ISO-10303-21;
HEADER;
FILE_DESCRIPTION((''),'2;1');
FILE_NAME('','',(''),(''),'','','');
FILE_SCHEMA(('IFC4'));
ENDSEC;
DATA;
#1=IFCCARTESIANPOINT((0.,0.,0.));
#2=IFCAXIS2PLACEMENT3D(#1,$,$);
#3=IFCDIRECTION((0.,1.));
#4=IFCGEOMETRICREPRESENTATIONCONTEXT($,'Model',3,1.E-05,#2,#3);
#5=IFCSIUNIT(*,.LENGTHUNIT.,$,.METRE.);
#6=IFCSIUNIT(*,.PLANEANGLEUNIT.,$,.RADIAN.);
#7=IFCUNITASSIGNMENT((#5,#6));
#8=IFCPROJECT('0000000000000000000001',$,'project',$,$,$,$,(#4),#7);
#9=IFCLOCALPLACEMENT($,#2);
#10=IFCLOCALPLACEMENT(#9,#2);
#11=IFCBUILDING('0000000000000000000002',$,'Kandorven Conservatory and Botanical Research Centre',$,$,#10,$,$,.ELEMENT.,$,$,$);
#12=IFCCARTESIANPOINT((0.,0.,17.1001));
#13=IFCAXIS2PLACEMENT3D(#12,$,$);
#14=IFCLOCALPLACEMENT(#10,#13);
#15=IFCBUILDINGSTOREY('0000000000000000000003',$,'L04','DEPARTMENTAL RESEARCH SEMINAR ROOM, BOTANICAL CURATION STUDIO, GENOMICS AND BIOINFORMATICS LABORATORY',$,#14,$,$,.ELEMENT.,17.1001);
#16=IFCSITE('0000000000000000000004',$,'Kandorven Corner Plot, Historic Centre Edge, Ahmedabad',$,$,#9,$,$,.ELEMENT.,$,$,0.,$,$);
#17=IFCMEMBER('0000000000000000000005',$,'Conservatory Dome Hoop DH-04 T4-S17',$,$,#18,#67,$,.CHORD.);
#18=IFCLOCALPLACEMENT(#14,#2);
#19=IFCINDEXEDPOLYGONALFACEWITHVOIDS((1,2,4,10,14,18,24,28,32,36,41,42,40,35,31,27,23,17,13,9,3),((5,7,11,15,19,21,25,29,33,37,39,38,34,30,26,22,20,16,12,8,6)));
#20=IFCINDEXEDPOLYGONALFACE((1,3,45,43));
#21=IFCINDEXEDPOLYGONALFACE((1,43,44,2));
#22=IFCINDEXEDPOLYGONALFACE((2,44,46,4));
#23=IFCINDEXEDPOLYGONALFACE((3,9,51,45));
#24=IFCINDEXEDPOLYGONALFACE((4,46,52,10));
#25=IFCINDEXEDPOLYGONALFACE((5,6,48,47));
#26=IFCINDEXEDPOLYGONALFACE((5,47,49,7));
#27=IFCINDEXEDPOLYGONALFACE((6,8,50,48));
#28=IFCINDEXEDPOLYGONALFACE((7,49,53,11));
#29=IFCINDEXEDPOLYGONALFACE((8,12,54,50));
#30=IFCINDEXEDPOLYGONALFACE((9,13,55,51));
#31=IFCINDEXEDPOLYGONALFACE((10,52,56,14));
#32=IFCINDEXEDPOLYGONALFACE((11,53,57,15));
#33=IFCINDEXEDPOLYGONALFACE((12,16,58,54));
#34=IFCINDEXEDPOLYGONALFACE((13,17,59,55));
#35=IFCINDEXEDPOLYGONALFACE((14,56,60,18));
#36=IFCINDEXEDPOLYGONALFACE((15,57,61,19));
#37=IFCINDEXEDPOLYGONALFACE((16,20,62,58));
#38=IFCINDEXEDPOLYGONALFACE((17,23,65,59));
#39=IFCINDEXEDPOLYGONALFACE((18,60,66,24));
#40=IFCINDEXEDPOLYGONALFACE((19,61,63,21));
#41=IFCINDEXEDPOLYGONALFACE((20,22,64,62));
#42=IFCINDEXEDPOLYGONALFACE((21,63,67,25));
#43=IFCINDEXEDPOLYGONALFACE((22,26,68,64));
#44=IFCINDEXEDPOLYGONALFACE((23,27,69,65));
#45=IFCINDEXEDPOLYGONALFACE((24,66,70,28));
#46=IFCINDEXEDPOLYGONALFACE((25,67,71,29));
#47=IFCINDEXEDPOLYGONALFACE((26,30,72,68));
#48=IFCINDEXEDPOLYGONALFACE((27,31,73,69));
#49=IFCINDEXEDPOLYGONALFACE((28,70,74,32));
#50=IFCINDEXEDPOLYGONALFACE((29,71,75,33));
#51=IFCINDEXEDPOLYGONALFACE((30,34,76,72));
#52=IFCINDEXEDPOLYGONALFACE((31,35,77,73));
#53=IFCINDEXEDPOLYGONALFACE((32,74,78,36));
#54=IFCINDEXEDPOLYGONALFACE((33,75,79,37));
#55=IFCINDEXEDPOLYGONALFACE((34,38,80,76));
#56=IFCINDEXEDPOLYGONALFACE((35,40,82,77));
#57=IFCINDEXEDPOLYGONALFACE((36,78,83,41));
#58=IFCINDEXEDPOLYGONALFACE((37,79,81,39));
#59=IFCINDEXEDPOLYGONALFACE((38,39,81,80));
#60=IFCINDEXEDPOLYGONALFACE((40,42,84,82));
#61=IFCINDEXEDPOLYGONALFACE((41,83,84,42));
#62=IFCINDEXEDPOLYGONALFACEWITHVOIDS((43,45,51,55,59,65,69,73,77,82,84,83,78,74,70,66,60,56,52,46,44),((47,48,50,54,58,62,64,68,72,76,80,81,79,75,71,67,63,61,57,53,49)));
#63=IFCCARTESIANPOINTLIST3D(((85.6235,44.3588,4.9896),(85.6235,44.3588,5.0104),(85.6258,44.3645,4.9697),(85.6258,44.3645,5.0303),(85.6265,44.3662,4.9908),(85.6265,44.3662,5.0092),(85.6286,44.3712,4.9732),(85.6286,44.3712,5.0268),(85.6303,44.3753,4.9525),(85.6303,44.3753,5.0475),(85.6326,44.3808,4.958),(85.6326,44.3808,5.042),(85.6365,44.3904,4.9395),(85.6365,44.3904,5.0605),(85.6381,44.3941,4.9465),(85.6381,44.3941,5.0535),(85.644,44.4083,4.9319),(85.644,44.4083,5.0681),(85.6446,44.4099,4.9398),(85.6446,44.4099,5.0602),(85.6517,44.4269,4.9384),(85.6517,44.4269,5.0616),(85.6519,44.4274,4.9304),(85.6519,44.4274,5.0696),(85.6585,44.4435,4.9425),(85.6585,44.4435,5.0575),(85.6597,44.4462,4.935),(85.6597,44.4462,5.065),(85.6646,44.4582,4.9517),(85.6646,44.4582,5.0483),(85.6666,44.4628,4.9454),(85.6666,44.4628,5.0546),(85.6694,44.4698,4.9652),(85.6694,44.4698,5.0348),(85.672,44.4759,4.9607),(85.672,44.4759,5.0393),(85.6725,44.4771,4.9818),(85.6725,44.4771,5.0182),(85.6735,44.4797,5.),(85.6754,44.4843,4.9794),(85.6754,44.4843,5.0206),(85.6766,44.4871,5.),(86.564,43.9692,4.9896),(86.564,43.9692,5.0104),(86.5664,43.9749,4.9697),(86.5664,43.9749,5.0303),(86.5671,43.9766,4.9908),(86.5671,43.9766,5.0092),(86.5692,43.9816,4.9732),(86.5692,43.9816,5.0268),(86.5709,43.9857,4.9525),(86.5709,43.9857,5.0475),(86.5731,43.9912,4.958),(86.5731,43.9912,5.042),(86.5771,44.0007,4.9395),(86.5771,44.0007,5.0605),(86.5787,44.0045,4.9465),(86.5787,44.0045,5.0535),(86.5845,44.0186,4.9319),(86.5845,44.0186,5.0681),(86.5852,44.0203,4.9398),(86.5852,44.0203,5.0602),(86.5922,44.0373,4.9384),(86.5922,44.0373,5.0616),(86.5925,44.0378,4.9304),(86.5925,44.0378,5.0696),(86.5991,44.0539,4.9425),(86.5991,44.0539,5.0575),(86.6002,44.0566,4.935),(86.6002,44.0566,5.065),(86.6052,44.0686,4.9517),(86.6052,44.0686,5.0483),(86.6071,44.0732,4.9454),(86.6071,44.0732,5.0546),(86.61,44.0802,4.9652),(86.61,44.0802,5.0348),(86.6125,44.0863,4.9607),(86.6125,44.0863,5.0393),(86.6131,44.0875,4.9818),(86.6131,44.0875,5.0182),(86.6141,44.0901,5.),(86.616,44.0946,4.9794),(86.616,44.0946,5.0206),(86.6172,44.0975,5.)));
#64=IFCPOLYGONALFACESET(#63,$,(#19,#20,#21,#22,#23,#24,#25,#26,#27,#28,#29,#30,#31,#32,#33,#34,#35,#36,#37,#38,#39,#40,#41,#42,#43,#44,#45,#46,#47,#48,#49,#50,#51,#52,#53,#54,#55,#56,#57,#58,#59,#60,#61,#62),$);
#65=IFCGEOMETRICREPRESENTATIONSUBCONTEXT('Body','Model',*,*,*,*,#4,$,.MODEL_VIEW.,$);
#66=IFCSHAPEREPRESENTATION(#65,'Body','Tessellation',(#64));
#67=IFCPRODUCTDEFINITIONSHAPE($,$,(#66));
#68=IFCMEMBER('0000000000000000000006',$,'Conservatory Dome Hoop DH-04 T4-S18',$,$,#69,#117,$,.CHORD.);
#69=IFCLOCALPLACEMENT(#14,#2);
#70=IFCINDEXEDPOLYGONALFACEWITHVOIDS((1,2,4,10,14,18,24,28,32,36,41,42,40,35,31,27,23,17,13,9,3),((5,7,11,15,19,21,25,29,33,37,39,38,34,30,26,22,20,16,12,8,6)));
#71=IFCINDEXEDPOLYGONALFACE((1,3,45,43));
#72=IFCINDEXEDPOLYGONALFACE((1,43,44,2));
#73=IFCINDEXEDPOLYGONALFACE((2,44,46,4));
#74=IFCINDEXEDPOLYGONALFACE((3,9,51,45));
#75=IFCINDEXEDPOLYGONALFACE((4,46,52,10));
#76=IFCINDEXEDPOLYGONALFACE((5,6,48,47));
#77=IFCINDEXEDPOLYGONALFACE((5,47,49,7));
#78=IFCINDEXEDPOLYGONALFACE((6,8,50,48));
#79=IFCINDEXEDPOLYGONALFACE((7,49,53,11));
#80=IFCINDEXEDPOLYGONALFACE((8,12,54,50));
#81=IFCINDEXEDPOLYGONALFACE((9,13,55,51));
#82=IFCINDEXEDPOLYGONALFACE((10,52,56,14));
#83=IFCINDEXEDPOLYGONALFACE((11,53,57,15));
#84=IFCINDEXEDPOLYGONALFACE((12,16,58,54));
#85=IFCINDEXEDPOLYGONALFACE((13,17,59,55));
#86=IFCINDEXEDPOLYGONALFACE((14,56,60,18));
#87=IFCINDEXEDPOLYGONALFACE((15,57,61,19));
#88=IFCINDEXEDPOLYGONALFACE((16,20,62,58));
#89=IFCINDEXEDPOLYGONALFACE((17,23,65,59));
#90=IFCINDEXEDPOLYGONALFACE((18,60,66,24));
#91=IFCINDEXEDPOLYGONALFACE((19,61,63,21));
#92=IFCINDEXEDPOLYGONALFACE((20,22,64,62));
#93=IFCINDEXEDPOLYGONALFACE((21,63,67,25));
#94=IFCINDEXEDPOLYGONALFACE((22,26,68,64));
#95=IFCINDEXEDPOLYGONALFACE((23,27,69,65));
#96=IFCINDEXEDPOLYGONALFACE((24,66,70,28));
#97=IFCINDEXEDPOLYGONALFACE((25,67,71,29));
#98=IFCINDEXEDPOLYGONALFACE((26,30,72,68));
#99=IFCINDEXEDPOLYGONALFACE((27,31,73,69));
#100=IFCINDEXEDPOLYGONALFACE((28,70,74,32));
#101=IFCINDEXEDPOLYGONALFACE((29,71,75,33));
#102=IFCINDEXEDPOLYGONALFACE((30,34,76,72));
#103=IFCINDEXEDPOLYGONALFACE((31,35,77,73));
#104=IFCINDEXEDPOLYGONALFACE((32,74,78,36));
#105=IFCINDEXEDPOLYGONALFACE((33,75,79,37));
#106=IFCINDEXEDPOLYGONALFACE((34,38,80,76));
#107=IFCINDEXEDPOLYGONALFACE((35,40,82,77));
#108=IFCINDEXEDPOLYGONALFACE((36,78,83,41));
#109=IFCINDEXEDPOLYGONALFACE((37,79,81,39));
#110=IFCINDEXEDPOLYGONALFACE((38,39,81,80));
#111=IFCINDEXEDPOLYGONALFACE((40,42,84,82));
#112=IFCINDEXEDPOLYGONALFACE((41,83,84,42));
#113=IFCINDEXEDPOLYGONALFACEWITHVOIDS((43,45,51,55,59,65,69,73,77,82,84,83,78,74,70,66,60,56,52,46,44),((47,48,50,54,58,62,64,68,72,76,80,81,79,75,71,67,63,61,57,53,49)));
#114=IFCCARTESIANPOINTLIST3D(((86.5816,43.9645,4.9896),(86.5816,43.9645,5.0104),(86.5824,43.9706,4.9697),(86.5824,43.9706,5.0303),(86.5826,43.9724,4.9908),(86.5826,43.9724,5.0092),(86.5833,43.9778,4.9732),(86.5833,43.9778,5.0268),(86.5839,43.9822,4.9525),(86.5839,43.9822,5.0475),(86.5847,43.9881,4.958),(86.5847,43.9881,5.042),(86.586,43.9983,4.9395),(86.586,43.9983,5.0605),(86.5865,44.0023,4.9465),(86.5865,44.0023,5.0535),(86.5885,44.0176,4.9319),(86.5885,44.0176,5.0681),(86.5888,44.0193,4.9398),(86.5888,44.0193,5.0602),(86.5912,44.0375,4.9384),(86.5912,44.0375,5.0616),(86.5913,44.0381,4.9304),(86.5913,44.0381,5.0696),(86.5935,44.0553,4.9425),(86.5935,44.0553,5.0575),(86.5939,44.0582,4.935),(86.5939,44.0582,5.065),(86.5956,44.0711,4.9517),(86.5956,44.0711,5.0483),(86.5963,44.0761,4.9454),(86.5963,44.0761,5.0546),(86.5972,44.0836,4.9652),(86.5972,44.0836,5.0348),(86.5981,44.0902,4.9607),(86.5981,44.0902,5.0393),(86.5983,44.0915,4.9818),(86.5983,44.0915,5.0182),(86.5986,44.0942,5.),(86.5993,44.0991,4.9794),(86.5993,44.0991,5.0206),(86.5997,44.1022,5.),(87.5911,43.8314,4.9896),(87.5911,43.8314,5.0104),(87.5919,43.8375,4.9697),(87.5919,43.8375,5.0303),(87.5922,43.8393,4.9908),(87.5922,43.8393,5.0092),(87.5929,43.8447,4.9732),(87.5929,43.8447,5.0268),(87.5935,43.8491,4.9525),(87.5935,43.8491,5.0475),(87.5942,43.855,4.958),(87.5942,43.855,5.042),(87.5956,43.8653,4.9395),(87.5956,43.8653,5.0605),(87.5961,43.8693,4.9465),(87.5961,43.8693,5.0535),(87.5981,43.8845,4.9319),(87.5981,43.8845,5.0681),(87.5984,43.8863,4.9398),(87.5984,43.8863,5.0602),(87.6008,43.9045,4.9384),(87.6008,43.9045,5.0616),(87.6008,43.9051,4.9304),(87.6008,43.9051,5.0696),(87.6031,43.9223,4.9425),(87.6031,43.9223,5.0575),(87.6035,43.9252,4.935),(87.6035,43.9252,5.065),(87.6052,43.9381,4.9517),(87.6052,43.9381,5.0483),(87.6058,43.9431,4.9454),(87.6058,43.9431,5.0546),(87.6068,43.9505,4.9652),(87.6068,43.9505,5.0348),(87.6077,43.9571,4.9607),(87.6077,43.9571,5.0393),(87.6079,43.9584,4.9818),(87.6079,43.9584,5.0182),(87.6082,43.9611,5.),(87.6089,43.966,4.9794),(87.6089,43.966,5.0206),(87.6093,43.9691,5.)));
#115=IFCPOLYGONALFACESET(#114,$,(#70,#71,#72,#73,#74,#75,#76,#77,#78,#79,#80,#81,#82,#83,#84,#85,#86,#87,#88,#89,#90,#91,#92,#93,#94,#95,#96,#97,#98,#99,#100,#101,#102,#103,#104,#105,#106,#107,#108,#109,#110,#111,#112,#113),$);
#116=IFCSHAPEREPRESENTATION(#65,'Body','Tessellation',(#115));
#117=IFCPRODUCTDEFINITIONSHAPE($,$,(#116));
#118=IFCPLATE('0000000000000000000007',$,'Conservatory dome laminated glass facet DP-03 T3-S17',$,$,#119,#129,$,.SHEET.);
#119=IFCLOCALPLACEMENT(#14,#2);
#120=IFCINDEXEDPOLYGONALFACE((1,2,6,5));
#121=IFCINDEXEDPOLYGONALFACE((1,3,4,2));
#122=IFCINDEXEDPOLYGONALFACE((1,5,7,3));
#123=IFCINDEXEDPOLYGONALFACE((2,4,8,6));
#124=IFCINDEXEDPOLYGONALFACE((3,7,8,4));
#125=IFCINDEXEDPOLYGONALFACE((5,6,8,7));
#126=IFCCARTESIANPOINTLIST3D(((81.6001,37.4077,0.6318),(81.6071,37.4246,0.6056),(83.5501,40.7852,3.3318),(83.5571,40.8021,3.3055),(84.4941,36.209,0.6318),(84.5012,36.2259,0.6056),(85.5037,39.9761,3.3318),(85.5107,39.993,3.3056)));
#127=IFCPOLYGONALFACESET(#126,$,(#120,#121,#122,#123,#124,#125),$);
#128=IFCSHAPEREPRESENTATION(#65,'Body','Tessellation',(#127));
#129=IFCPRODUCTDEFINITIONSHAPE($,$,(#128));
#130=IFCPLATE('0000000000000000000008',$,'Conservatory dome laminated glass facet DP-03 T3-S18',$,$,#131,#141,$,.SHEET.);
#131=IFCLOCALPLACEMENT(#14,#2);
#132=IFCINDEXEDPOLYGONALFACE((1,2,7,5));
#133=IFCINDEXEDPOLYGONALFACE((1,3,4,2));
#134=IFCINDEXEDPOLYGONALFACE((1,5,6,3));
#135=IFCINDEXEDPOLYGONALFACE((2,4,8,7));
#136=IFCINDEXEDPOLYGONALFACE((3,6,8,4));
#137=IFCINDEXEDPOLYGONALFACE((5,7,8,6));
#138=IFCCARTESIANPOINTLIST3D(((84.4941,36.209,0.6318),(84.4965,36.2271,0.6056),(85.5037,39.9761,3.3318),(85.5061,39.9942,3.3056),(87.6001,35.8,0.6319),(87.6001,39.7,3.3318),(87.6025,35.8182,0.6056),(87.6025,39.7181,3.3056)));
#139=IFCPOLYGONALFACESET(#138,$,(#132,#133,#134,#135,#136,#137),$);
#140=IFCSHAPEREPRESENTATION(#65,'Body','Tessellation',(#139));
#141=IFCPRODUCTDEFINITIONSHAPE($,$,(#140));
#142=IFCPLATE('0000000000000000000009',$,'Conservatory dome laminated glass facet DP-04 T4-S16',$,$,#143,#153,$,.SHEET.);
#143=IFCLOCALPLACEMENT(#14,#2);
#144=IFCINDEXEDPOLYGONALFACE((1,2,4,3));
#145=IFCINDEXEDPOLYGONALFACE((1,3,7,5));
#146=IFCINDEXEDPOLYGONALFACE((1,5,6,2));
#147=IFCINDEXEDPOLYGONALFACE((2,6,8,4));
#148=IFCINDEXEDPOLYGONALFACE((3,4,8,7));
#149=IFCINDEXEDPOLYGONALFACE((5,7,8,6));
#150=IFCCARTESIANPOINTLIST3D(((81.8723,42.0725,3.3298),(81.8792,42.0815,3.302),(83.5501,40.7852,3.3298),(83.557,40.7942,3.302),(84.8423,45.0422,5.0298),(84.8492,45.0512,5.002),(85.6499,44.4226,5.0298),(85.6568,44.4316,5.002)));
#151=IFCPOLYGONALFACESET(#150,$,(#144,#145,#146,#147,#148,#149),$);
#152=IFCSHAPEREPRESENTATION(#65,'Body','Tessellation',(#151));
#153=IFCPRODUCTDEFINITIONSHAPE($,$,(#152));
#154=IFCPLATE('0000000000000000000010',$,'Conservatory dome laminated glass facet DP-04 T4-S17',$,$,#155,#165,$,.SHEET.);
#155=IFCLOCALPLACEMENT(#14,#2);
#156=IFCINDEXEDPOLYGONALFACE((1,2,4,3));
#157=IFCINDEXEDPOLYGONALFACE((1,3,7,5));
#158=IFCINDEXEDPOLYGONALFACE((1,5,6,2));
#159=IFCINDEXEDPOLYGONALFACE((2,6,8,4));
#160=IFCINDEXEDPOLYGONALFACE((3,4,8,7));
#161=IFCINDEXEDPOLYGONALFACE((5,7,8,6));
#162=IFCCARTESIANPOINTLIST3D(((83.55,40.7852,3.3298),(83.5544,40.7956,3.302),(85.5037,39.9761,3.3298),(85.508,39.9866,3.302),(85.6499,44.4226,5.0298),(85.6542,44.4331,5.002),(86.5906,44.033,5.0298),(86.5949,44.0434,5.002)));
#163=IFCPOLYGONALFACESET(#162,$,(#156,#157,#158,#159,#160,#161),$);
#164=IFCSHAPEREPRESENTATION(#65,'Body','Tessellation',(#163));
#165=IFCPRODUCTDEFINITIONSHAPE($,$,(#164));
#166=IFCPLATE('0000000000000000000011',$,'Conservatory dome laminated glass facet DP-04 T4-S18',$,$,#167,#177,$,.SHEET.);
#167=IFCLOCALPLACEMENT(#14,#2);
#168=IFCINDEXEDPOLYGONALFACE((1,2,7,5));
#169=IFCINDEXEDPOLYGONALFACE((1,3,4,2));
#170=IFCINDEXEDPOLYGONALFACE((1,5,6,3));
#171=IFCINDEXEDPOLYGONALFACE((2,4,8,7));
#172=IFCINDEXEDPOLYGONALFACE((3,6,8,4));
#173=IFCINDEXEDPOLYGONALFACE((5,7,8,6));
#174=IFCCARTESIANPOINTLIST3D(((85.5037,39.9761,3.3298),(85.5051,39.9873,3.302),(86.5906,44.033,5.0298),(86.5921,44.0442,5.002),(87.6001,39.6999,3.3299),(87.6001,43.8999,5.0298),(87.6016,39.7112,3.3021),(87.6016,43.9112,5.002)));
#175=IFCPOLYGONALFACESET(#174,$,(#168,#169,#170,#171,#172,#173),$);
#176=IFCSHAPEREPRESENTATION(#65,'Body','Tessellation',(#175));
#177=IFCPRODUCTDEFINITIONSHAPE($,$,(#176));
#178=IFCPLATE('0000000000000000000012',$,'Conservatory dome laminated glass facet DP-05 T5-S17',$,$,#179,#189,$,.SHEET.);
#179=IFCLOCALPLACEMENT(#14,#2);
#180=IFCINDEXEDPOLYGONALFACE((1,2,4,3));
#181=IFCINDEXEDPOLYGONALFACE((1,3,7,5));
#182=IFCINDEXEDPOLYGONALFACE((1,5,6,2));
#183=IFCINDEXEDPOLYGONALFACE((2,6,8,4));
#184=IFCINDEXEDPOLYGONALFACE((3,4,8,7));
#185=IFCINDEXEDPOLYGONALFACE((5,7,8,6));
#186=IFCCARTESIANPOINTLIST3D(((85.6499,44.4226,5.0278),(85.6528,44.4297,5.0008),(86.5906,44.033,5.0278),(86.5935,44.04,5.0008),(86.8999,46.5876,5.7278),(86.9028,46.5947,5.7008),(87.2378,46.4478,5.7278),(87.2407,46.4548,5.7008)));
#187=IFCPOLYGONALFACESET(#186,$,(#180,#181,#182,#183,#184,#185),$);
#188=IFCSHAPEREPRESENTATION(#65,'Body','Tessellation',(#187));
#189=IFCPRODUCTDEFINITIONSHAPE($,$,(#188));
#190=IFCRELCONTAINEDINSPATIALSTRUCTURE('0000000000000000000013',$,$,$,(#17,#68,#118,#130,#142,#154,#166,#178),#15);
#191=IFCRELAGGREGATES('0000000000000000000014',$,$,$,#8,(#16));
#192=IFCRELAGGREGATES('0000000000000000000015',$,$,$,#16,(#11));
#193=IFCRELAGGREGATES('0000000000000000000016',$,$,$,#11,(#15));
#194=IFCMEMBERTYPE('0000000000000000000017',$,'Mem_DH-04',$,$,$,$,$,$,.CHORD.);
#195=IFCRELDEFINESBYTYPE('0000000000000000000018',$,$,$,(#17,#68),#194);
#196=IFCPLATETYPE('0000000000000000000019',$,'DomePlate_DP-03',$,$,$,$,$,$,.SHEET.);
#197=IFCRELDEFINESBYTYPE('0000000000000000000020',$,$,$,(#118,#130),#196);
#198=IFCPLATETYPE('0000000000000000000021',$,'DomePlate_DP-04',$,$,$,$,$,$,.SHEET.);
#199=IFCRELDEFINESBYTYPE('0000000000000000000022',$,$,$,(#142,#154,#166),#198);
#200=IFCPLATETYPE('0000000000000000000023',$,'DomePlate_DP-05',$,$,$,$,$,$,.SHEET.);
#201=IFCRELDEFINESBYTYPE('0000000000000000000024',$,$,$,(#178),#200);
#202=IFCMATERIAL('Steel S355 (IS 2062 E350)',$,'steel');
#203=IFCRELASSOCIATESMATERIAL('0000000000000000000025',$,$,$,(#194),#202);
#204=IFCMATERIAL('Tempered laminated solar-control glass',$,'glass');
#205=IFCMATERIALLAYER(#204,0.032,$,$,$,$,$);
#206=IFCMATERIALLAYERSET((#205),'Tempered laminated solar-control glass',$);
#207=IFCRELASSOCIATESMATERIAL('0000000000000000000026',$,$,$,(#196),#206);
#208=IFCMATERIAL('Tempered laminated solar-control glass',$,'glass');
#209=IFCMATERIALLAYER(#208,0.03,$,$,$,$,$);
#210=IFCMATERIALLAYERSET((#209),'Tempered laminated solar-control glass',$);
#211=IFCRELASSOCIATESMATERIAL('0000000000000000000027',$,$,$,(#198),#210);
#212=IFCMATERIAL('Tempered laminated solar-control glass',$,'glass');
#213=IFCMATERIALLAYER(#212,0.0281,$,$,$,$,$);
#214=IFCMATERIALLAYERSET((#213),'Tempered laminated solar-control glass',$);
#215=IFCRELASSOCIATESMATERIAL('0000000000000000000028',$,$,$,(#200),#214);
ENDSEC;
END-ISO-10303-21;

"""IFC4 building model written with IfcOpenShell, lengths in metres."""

from ifc_helpers import new_model, si_unit, direction, frame, origin, origin_2d, place, context, subcontext, project, spatial, polyline, hollow_circle, outline, extrude, material, layer, layer_set, material_profile, profile_set, type_object, element, save


model = new_model("IFC4")

# Units and contexts
model_context = context("Model", 3, precision=1e-05, world=origin(), true_north=direction((0.0, 1.0)))
body_context = subcontext(model_context, "Body", "Model", "MODEL_VIEW")
ifc_project = project(units=[si_unit("LENGTHUNIT", "METRE"), si_unit("PLANEANGLEUNIT", "RADIAN")], contexts=[model_context])

# Site, building, storey
site_placement = place(None, origin())
site = spatial("IfcSite", under=ifc_project, at=site_placement, Name="Kandorven Corner Plot, Historic Centre Edge, Ahmedabad", CompositionType="ELEMENT", RefElevation=0.0)
building_placement = place(site_placement, origin())
building = spatial("IfcBuilding", under=site, at=building_placement, Name="Kandorven Conservatory and Botanical Research Centre", CompositionType="ELEMENT")
storey_placement = place(building_placement, frame((0.0, 0.0, 17.1001)))
storey = spatial("IfcBuildingStorey", under=building, at=storey_placement, Name="L04", Description="DEPARTMENTAL RESEARCH SEMINAR ROOM, BOTANICAL CURATION STUDIO, GENOMICS AND BIOINFORMATICS LABORATORY", CompositionType="ELEMENT", Elevation=17.1001)

# Members
ifc_material_1 = material(Name="Steel S355 (IS 2062 E350)", Category="steel")
ifc_material_profile_1 = material_profile(ifc_material_1, hollow_circle(Radius=0.0698, WallThickness=0.0081, at=origin_2d()))
ifc_profile_set_1 = profile_set([ifc_material_profile_1], Name="Steel S355 (IS 2062 E350)")
member_type_1 = type_object("IfcMemberType", Name="Mem_DH-04", PredefinedType="CHORD", material=ifc_profile_set_1)
member_1_placement = place(storey_placement, frame((85.6499, 44.4226, 5.0), z_axis=(0.923877, -0.382691, 0.0), x_axis=(0.382691, 0.923877, 0.0)))
element("IfcMember", 1, at=member_1_placement, inside=storey, type_object=member_type_1, Name="Conservatory Dome Hoop DH-04 T4-S17", PredefinedType="CHORD", context=body_context, shape_type="SweptSolid", body=[
    extrude(hollow_circle(Radius=0.0698, WallThickness=0.0081, at=origin_2d()), origin(), (0.0, 0.0, 1.0), 1.0181),
])
member_2_placement = place(storey_placement, frame((86.5906, 44.033, 5.0), z_axis=(0.991426, -0.130672, 0.0), x_axis=(0.130672, 0.991426, 0.0)))
element("IfcMember", 2, at=member_2_placement, inside=storey, type_object=member_type_1, Name="Conservatory Dome Hoop DH-04 T4-S18", PredefinedType="CHORD", context=body_context, shape_type="SweptSolid", body=[
    extrude(hollow_circle(Radius=0.0698, WallThickness=0.0081, at=origin_2d()), origin(), (0.0, 0.0, 1.0), 1.0183),
])

# Plates
ifc_material_2 = material(Name="Tempered laminated solar-control glass", Category="glass")
ifc_layer_1 = layer(ifc_material_2, 0.032)
ifc_layer_set_1 = layer_set([ifc_layer_1], Name="Tempered laminated solar-control glass")
plate_type_1 = type_object("IfcPlateType", Name="DomePlate_DP-03", PredefinedType="SHEET", material=ifc_layer_set_1)
plate_1_placement = place(storey_placement, frame((81.6001, 37.4077, 0.6318), z_axis=(-0.219076, -0.528938, 0.819897), x_axis=(0.923885, -0.382671, -0.00001)))
element("IfcPlate", 3, at=plate_1_placement, inside=storey, type_object=plate_type_1, Name="Conservatory dome laminated glass facet DP-03 T3-S17", PredefinedType="SHEET", context=body_context, shape_type="SweptSolid", body=[
    extrude(outline(polyline([(0.0, 0.0), (3.1325, 0.0), (2.6236, 4.716), (0.5091, 4.7159), (0.0, 0.0)])), origin(), (0.0, 0.0, -1.0), 0.032),
])
plate_2_placement = place(storey_placement, frame((84.4941, 36.209, 0.6318), z_axis=(-0.074744, -0.567614, 0.819895), x_axis=(0.991443, -0.130541, 0.000009)))
element("IfcPlate", 4, at=plate_2_placement, inside=storey, type_object=plate_type_1, Name="Conservatory dome laminated glass facet DP-03 T3-S18", PredefinedType="SHEET", context=body_context, shape_type="SweptSolid", body=[
    extrude(outline(polyline([(0.0, 0.0), (3.1328, 0.0), (2.6237, 4.7159), (0.5091, 4.716), (0.0, 0.0)])), origin(), (0.0, 0.0, -1.0), 0.032),
])
ifc_material_3 = material(Name="Tempered laminated solar-control glass", Category="glass")
ifc_layer_2 = layer(ifc_material_3, 0.03)
ifc_layer_set_2 = layer_set([ifc_layer_2], Name="Tempered laminated solar-control glass")
plate_type_2 = type_object("IfcPlateType", Name="DomePlate_DP-04", PredefinedType="SHEET", material=ifc_layer_set_2)
plate_3_placement = place(storey_placement, frame((81.8723, 42.0725, 3.3298), z_axis=(-0.23008, -0.299861, 0.925822), x_axis=(0.793359, -0.608754, -0.000006)))
element("IfcPlate", 5, at=plate_3_placement, inside=storey, type_object=plate_type_2, Name="Conservatory dome laminated glass facet DP-04 T4-S16", PredefinedType="SHEET", context=body_context, shape_type="SweptSolid", body=[
    extrude(outline(polyline([(0.0, 0.0), (2.1147, 0.0), (1.5663, 4.4977), (0.5484, 4.4977), (0.0, 0.0)])), origin(), (0.0, 0.0, -1.0), 0.03),
])
plate_4_placement = place(storey_placement, frame((83.55, 40.7852, 3.3298), z_axis=(-0.144626, -0.349194, 0.925822), x_axis=(0.9239, -0.382633, 0.000007)))
element("IfcPlate", 6, at=plate_4_placement, inside=storey, type_object=plate_type_2, Name="Conservatory dome laminated glass facet DP-04 T4-S17", PredefinedType="SHEET", context=body_context, shape_type="SweptSolid", body=[
    extrude(outline(polyline([(0.0, 0.0), (2.1145, 0.0), (1.5664, 4.4977), (0.5483, 4.4977), (0.0, 0.0)])), origin(), (0.0, 0.0, -1.0), 0.03),
])
plate_5_placement = place(storey_placement, frame((85.5037, 39.9761, 3.3298), z_axis=(-0.049366, -0.374725, 0.925821), x_axis=(0.991437, -0.130587, 0.00001)))
element("IfcPlate", 7, at=plate_5_placement, inside=storey, type_object=plate_type_2, Name="Conservatory dome laminated glass facet DP-04 T4-S18", PredefinedType="SHEET", context=body_context, shape_type="SweptSolid", body=[
    extrude(outline(polyline([(0.0, 0.0), (2.1145, 0.0), (1.5661, 4.4976), (0.5478, 4.4977), (0.0, 0.0)])), origin(), (0.0, 0.0, -1.0), 0.03),
])
ifc_material_4 = material(Name="Tempered laminated solar-control glass", Category="glass")
ifc_layer_3 = layer(ifc_material_4, 0.0281)
ifc_layer_set_3 = layer_set([ifc_layer_3], Name="Tempered laminated solar-control glass")
plate_type_3 = type_object("IfcPlateType", Name="DomePlate_DP-05", PredefinedType="SHEET", material=ifc_layer_set_3)
plate_6_placement = place(storey_placement, frame((85.6499, 44.4226, 5.0278), z_axis=(-0.103991, -0.251084, 0.962363), x_axis=(0.923878, -0.382687, -0.000012)))
element("IfcPlate", 8, at=plate_6_placement, inside=storey, type_object=plate_type_3, Name="Conservatory dome laminated glass facet DP-05 T5-S17", PredefinedType="SHEET", context=body_context, shape_type="SweptSolid", body=[
    extrude(outline(polyline([(0.0, 0.0), (1.0182, 0.0), (0.692, 2.5756), (0.3263, 2.5755), (0.0, 0.0)])), origin(), (0.0, 0.0, -1.0), 0.0281),
])

save(model, "model.ifc")
